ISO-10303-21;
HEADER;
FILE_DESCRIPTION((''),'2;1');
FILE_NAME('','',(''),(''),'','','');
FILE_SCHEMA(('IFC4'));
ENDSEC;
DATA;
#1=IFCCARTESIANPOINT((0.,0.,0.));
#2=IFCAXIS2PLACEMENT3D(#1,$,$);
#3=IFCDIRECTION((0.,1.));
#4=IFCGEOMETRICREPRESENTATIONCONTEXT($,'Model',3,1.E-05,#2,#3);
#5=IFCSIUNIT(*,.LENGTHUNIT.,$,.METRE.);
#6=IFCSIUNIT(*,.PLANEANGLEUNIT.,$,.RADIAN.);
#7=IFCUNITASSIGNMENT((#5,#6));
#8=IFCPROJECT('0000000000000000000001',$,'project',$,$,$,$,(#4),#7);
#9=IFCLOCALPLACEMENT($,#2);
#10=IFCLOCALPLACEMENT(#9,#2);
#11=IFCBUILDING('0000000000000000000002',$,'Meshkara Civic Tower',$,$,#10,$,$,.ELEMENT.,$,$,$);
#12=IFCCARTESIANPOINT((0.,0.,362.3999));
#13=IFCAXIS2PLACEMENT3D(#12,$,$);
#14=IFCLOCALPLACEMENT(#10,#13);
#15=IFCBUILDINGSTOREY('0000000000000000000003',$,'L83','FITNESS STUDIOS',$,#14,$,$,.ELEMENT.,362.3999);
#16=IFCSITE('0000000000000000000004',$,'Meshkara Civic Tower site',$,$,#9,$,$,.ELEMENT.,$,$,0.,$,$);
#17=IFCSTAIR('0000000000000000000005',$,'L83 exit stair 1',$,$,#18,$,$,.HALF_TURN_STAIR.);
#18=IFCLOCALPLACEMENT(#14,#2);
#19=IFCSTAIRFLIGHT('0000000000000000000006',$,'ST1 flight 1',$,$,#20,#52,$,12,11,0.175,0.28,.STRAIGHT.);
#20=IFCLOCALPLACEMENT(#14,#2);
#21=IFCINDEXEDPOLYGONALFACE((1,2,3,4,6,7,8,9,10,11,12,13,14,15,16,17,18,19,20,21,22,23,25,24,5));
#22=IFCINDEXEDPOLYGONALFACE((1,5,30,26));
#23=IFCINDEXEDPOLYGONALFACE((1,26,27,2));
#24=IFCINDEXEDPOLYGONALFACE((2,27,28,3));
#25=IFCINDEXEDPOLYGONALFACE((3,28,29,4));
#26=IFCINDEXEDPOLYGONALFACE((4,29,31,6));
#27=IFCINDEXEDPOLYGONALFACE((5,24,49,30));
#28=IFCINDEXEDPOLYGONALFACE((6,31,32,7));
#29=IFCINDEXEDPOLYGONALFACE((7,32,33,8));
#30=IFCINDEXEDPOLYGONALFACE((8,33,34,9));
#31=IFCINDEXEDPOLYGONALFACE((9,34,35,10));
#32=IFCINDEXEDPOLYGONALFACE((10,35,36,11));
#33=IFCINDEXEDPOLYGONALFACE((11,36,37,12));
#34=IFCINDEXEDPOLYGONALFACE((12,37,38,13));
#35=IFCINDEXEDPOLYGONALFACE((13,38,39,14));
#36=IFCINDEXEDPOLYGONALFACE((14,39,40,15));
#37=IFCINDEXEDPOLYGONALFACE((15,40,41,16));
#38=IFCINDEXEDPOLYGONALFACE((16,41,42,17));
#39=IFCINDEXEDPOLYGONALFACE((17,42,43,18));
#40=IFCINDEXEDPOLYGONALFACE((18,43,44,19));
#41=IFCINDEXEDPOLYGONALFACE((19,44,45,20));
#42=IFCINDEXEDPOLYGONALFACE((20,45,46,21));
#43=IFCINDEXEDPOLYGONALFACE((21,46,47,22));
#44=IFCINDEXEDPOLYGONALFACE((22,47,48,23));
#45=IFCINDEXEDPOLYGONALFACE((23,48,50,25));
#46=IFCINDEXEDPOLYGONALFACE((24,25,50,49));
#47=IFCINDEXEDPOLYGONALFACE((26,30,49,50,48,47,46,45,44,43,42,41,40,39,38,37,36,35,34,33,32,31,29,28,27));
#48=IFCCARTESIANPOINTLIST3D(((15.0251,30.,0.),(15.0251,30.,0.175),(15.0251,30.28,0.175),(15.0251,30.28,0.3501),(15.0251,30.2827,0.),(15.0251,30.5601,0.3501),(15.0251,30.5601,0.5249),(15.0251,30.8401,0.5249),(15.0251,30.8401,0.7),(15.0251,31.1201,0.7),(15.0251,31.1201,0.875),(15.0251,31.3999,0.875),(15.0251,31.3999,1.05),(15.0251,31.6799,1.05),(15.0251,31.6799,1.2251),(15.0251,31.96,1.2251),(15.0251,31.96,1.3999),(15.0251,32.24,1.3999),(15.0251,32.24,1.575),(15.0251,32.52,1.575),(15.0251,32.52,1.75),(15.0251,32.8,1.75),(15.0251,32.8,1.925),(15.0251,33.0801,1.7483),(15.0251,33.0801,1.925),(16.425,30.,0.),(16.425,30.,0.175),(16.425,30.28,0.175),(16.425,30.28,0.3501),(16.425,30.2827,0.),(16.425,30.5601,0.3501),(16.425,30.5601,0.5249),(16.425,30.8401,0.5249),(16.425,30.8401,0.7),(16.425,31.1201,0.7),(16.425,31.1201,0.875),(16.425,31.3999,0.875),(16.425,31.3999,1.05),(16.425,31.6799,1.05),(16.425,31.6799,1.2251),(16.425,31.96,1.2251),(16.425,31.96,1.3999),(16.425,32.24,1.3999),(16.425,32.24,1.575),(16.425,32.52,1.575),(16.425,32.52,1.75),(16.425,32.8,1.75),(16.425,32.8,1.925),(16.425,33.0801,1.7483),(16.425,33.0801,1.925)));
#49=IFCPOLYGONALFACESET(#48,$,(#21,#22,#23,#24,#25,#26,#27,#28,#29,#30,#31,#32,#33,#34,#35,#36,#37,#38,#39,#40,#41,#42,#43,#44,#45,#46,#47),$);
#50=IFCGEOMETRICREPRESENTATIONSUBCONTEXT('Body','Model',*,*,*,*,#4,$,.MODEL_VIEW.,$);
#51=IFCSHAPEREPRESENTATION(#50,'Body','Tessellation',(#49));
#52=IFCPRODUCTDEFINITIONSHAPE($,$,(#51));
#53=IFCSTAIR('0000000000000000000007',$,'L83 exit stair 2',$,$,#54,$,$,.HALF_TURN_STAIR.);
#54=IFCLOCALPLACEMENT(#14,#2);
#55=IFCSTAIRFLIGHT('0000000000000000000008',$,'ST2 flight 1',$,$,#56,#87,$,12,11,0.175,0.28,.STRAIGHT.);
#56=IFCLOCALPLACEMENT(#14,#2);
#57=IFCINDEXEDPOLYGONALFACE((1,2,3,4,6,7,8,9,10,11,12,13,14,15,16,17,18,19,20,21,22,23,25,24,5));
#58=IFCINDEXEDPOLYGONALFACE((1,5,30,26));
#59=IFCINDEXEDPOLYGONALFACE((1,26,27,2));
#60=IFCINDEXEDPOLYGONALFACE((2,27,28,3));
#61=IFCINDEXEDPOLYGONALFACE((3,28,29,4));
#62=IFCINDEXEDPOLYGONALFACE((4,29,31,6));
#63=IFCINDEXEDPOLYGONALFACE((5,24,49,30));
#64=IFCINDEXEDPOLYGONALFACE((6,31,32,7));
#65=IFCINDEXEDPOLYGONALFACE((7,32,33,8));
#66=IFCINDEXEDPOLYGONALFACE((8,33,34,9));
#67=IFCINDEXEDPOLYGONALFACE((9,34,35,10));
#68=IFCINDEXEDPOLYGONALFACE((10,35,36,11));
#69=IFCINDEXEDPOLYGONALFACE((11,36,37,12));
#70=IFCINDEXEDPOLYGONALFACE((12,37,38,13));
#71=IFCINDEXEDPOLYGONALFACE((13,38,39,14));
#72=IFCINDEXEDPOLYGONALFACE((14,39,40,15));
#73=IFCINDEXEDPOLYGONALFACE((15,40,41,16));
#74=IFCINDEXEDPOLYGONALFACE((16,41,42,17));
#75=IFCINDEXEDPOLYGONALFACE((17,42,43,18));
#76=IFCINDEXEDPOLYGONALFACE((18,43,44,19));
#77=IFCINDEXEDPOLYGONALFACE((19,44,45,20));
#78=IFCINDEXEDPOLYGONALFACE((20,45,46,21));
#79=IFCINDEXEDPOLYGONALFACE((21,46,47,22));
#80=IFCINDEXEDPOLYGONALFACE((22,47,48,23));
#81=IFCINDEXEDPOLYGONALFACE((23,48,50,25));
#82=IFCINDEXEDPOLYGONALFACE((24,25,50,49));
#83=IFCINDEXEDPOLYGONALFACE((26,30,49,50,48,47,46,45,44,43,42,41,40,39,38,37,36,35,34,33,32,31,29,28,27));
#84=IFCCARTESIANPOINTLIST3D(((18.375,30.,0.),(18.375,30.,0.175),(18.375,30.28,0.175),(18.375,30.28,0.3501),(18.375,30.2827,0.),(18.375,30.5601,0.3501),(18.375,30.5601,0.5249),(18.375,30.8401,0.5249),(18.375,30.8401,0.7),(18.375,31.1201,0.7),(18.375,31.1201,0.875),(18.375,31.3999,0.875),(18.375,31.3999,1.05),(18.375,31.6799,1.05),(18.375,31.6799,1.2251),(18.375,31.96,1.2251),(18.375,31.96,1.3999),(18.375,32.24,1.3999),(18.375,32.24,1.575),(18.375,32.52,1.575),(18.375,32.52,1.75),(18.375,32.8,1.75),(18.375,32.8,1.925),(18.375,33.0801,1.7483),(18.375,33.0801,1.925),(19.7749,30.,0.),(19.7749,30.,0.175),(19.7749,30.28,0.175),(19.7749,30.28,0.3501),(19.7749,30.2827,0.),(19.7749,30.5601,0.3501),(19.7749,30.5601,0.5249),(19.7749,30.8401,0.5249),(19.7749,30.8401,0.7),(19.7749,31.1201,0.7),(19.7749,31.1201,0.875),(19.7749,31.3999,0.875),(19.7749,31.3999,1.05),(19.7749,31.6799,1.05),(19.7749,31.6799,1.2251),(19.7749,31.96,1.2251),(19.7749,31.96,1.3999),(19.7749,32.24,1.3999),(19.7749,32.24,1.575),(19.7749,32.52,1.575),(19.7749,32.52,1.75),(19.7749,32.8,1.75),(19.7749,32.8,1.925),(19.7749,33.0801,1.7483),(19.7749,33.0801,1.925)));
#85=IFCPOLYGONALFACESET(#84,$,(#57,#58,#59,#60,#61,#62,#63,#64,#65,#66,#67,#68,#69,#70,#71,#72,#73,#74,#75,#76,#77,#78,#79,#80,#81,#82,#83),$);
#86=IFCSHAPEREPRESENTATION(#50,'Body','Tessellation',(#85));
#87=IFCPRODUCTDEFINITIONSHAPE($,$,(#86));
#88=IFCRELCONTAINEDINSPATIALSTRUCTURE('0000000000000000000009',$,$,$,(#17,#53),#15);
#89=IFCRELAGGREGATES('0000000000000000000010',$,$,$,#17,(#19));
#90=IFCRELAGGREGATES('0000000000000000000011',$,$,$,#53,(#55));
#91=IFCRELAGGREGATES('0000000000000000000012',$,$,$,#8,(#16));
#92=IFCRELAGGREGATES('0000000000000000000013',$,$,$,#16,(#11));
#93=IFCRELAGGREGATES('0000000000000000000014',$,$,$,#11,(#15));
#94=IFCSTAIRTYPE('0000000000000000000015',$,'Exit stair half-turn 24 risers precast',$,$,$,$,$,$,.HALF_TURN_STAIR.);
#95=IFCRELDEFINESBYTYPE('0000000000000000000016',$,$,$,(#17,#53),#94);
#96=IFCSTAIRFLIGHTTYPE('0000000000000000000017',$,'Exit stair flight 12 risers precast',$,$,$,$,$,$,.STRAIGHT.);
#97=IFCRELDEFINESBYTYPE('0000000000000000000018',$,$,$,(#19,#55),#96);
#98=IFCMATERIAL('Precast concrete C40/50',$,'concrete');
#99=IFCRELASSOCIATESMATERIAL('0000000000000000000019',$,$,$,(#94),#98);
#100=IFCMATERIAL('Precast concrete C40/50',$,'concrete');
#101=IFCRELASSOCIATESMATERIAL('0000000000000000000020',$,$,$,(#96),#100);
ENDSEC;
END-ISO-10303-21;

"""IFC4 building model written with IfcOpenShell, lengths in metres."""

from ifc_helpers import new_model, si_unit, direction, frame, origin, place, context, subcontext, project, spatial, polyline, outline, extrude, material, type_object, element, aggregate, save


model = new_model("IFC4")

# Units and contexts
model_context = context("Model", 3, precision=1e-05, world=origin(), true_north=direction((0.0, 1.0)))
body_context = subcontext(model_context, "Body", "Model", "MODEL_VIEW")
ifc_project = project(units=[si_unit("LENGTHUNIT", "METRE"), si_unit("PLANEANGLEUNIT", "RADIAN")], contexts=[model_context])

# Site, building, storey
site_placement = place(None, origin())
site = spatial("IfcSite", under=ifc_project, at=site_placement, Name="Meshkara Civic Tower site", CompositionType="ELEMENT", RefElevation=0.0)
building_placement = place(site_placement, origin())
building = spatial("IfcBuilding", under=site, at=building_placement, Name="Meshkara Civic Tower", CompositionType="ELEMENT")
storey_placement = place(building_placement, frame((0.0, 0.0, 362.3999)))
storey = spatial("IfcBuildingStorey", under=building, at=storey_placement, Name="L83", Description="FITNESS STUDIOS", CompositionType="ELEMENT", Elevation=362.3999)

# Stairs, stair flights
ifc_material_1 = material(Name="Precast concrete C40/50", Category="concrete")
stair_type = type_object("IfcStairType", Name="Exit stair half-turn 24 risers precast", PredefinedType="HALF_TURN_STAIR", material=ifc_material_1)
stair_1_placement = place(storey_placement, origin())
stair_1 = element("IfcStair", 1, at=stair_1_placement, inside=storey, type_object=stair_type, Name="L83 exit stair 1", PredefinedType="HALF_TURN_STAIR")
ifc_material_2 = material(Name="Precast concrete C40/50", Category="concrete")
stair_flight_type = type_object("IfcStairFlightType", Name="Exit stair flight 12 risers precast", PredefinedType="STRAIGHT", material=ifc_material_2)
stair_flight_1_placement = place(storey_placement, frame((15.7251, 30.0, 0.0), z_axis=(0.0, 0.0, 1.0), x_axis=(0.0, 1.0, 0.0)))
stair_flight_1 = element("IfcStairFlight", 2, at=stair_flight_1_placement, type_object=stair_flight_type, Name="ST1 flight 1", NumberOfRisers=12, NumberOfTreads=11, PredefinedType="STRAIGHT", RiserHeight=0.175, TreadLength=0.28, context=body_context, shape_type="SweptSolid", body=[
    extrude(outline(polyline([(0.0, 0.0), (0.0, 0.175), (0.28, 0.175), (0.28, 0.3501), (0.5601, 0.3501), (0.5601, 0.5249), (0.8401, 0.5249), (0.8401, 0.7), (1.1201, 0.7), (1.1201, 0.875), (1.3999, 0.875), (1.3999, 1.05), (1.6799, 1.05), (1.6799, 1.2251), (1.96, 1.2251), (1.96, 1.3999), (2.24, 1.3999), (2.24, 1.575), (2.52, 1.575), (2.52, 1.75), (2.8, 1.75), (2.8, 1.925), (3.0801, 1.925), (3.0801, 2.1001), (3.0801, 1.7483), (0.2827, 0.0), (0.0, 0.0)])), frame((0.0, 0.7, 0.0), z_axis=(0.0, -1.0, 0.0), x_axis=(1.0, 0.0, 0.0)), (0.0, 0.0, 1.0), 1.3999),
])
aggregate(stair_1, [stair_flight_1])
stair_2_placement = place(storey_placement, origin())
stair_2 = element("IfcStair", 3, at=stair_2_placement, inside=storey, type_object=stair_type, Name="L83 exit stair 2", PredefinedType="HALF_TURN_STAIR")
stair_flight_2_placement = place(storey_placement, frame((19.075, 30.0, 0.0), z_axis=(0.0, 0.0, 1.0), x_axis=(0.0, 1.0, 0.0)))
stair_flight_2 = element("IfcStairFlight", 4, at=stair_flight_2_placement, type_object=stair_flight_type, Name="ST2 flight 1", NumberOfRisers=12, NumberOfTreads=11, PredefinedType="STRAIGHT", RiserHeight=0.175, TreadLength=0.28, context=body_context, shape_type="SweptSolid", body=[
    extrude(outline(polyline([(0.0, 0.0), (0.0, 0.175), (0.28, 0.175), (0.28, 0.3501), (0.5601, 0.3501), (0.5601, 0.5249), (0.8401, 0.5249), (0.8401, 0.7), (1.1201, 0.7), (1.1201, 0.875), (1.3999, 0.875), (1.3999, 1.05), (1.6799, 1.05), (1.6799, 1.2251), (1.96, 1.2251), (1.96, 1.3999), (2.24, 1.3999), (2.24, 1.575), (2.52, 1.575), (2.52, 1.75), (2.8, 1.75), (2.8, 1.925), (3.0801, 1.925), (3.0801, 2.1001), (3.0801, 1.7483), (0.2827, 0.0), (0.0, 0.0)])), frame((0.0, 0.7, 0.0), z_axis=(0.0, -1.0, 0.0), x_axis=(1.0, 0.0, 0.0)), (0.0, 0.0, 1.0), 1.3999),
])
aggregate(stair_2, [stair_flight_2])

save(model, "model.ifc")
